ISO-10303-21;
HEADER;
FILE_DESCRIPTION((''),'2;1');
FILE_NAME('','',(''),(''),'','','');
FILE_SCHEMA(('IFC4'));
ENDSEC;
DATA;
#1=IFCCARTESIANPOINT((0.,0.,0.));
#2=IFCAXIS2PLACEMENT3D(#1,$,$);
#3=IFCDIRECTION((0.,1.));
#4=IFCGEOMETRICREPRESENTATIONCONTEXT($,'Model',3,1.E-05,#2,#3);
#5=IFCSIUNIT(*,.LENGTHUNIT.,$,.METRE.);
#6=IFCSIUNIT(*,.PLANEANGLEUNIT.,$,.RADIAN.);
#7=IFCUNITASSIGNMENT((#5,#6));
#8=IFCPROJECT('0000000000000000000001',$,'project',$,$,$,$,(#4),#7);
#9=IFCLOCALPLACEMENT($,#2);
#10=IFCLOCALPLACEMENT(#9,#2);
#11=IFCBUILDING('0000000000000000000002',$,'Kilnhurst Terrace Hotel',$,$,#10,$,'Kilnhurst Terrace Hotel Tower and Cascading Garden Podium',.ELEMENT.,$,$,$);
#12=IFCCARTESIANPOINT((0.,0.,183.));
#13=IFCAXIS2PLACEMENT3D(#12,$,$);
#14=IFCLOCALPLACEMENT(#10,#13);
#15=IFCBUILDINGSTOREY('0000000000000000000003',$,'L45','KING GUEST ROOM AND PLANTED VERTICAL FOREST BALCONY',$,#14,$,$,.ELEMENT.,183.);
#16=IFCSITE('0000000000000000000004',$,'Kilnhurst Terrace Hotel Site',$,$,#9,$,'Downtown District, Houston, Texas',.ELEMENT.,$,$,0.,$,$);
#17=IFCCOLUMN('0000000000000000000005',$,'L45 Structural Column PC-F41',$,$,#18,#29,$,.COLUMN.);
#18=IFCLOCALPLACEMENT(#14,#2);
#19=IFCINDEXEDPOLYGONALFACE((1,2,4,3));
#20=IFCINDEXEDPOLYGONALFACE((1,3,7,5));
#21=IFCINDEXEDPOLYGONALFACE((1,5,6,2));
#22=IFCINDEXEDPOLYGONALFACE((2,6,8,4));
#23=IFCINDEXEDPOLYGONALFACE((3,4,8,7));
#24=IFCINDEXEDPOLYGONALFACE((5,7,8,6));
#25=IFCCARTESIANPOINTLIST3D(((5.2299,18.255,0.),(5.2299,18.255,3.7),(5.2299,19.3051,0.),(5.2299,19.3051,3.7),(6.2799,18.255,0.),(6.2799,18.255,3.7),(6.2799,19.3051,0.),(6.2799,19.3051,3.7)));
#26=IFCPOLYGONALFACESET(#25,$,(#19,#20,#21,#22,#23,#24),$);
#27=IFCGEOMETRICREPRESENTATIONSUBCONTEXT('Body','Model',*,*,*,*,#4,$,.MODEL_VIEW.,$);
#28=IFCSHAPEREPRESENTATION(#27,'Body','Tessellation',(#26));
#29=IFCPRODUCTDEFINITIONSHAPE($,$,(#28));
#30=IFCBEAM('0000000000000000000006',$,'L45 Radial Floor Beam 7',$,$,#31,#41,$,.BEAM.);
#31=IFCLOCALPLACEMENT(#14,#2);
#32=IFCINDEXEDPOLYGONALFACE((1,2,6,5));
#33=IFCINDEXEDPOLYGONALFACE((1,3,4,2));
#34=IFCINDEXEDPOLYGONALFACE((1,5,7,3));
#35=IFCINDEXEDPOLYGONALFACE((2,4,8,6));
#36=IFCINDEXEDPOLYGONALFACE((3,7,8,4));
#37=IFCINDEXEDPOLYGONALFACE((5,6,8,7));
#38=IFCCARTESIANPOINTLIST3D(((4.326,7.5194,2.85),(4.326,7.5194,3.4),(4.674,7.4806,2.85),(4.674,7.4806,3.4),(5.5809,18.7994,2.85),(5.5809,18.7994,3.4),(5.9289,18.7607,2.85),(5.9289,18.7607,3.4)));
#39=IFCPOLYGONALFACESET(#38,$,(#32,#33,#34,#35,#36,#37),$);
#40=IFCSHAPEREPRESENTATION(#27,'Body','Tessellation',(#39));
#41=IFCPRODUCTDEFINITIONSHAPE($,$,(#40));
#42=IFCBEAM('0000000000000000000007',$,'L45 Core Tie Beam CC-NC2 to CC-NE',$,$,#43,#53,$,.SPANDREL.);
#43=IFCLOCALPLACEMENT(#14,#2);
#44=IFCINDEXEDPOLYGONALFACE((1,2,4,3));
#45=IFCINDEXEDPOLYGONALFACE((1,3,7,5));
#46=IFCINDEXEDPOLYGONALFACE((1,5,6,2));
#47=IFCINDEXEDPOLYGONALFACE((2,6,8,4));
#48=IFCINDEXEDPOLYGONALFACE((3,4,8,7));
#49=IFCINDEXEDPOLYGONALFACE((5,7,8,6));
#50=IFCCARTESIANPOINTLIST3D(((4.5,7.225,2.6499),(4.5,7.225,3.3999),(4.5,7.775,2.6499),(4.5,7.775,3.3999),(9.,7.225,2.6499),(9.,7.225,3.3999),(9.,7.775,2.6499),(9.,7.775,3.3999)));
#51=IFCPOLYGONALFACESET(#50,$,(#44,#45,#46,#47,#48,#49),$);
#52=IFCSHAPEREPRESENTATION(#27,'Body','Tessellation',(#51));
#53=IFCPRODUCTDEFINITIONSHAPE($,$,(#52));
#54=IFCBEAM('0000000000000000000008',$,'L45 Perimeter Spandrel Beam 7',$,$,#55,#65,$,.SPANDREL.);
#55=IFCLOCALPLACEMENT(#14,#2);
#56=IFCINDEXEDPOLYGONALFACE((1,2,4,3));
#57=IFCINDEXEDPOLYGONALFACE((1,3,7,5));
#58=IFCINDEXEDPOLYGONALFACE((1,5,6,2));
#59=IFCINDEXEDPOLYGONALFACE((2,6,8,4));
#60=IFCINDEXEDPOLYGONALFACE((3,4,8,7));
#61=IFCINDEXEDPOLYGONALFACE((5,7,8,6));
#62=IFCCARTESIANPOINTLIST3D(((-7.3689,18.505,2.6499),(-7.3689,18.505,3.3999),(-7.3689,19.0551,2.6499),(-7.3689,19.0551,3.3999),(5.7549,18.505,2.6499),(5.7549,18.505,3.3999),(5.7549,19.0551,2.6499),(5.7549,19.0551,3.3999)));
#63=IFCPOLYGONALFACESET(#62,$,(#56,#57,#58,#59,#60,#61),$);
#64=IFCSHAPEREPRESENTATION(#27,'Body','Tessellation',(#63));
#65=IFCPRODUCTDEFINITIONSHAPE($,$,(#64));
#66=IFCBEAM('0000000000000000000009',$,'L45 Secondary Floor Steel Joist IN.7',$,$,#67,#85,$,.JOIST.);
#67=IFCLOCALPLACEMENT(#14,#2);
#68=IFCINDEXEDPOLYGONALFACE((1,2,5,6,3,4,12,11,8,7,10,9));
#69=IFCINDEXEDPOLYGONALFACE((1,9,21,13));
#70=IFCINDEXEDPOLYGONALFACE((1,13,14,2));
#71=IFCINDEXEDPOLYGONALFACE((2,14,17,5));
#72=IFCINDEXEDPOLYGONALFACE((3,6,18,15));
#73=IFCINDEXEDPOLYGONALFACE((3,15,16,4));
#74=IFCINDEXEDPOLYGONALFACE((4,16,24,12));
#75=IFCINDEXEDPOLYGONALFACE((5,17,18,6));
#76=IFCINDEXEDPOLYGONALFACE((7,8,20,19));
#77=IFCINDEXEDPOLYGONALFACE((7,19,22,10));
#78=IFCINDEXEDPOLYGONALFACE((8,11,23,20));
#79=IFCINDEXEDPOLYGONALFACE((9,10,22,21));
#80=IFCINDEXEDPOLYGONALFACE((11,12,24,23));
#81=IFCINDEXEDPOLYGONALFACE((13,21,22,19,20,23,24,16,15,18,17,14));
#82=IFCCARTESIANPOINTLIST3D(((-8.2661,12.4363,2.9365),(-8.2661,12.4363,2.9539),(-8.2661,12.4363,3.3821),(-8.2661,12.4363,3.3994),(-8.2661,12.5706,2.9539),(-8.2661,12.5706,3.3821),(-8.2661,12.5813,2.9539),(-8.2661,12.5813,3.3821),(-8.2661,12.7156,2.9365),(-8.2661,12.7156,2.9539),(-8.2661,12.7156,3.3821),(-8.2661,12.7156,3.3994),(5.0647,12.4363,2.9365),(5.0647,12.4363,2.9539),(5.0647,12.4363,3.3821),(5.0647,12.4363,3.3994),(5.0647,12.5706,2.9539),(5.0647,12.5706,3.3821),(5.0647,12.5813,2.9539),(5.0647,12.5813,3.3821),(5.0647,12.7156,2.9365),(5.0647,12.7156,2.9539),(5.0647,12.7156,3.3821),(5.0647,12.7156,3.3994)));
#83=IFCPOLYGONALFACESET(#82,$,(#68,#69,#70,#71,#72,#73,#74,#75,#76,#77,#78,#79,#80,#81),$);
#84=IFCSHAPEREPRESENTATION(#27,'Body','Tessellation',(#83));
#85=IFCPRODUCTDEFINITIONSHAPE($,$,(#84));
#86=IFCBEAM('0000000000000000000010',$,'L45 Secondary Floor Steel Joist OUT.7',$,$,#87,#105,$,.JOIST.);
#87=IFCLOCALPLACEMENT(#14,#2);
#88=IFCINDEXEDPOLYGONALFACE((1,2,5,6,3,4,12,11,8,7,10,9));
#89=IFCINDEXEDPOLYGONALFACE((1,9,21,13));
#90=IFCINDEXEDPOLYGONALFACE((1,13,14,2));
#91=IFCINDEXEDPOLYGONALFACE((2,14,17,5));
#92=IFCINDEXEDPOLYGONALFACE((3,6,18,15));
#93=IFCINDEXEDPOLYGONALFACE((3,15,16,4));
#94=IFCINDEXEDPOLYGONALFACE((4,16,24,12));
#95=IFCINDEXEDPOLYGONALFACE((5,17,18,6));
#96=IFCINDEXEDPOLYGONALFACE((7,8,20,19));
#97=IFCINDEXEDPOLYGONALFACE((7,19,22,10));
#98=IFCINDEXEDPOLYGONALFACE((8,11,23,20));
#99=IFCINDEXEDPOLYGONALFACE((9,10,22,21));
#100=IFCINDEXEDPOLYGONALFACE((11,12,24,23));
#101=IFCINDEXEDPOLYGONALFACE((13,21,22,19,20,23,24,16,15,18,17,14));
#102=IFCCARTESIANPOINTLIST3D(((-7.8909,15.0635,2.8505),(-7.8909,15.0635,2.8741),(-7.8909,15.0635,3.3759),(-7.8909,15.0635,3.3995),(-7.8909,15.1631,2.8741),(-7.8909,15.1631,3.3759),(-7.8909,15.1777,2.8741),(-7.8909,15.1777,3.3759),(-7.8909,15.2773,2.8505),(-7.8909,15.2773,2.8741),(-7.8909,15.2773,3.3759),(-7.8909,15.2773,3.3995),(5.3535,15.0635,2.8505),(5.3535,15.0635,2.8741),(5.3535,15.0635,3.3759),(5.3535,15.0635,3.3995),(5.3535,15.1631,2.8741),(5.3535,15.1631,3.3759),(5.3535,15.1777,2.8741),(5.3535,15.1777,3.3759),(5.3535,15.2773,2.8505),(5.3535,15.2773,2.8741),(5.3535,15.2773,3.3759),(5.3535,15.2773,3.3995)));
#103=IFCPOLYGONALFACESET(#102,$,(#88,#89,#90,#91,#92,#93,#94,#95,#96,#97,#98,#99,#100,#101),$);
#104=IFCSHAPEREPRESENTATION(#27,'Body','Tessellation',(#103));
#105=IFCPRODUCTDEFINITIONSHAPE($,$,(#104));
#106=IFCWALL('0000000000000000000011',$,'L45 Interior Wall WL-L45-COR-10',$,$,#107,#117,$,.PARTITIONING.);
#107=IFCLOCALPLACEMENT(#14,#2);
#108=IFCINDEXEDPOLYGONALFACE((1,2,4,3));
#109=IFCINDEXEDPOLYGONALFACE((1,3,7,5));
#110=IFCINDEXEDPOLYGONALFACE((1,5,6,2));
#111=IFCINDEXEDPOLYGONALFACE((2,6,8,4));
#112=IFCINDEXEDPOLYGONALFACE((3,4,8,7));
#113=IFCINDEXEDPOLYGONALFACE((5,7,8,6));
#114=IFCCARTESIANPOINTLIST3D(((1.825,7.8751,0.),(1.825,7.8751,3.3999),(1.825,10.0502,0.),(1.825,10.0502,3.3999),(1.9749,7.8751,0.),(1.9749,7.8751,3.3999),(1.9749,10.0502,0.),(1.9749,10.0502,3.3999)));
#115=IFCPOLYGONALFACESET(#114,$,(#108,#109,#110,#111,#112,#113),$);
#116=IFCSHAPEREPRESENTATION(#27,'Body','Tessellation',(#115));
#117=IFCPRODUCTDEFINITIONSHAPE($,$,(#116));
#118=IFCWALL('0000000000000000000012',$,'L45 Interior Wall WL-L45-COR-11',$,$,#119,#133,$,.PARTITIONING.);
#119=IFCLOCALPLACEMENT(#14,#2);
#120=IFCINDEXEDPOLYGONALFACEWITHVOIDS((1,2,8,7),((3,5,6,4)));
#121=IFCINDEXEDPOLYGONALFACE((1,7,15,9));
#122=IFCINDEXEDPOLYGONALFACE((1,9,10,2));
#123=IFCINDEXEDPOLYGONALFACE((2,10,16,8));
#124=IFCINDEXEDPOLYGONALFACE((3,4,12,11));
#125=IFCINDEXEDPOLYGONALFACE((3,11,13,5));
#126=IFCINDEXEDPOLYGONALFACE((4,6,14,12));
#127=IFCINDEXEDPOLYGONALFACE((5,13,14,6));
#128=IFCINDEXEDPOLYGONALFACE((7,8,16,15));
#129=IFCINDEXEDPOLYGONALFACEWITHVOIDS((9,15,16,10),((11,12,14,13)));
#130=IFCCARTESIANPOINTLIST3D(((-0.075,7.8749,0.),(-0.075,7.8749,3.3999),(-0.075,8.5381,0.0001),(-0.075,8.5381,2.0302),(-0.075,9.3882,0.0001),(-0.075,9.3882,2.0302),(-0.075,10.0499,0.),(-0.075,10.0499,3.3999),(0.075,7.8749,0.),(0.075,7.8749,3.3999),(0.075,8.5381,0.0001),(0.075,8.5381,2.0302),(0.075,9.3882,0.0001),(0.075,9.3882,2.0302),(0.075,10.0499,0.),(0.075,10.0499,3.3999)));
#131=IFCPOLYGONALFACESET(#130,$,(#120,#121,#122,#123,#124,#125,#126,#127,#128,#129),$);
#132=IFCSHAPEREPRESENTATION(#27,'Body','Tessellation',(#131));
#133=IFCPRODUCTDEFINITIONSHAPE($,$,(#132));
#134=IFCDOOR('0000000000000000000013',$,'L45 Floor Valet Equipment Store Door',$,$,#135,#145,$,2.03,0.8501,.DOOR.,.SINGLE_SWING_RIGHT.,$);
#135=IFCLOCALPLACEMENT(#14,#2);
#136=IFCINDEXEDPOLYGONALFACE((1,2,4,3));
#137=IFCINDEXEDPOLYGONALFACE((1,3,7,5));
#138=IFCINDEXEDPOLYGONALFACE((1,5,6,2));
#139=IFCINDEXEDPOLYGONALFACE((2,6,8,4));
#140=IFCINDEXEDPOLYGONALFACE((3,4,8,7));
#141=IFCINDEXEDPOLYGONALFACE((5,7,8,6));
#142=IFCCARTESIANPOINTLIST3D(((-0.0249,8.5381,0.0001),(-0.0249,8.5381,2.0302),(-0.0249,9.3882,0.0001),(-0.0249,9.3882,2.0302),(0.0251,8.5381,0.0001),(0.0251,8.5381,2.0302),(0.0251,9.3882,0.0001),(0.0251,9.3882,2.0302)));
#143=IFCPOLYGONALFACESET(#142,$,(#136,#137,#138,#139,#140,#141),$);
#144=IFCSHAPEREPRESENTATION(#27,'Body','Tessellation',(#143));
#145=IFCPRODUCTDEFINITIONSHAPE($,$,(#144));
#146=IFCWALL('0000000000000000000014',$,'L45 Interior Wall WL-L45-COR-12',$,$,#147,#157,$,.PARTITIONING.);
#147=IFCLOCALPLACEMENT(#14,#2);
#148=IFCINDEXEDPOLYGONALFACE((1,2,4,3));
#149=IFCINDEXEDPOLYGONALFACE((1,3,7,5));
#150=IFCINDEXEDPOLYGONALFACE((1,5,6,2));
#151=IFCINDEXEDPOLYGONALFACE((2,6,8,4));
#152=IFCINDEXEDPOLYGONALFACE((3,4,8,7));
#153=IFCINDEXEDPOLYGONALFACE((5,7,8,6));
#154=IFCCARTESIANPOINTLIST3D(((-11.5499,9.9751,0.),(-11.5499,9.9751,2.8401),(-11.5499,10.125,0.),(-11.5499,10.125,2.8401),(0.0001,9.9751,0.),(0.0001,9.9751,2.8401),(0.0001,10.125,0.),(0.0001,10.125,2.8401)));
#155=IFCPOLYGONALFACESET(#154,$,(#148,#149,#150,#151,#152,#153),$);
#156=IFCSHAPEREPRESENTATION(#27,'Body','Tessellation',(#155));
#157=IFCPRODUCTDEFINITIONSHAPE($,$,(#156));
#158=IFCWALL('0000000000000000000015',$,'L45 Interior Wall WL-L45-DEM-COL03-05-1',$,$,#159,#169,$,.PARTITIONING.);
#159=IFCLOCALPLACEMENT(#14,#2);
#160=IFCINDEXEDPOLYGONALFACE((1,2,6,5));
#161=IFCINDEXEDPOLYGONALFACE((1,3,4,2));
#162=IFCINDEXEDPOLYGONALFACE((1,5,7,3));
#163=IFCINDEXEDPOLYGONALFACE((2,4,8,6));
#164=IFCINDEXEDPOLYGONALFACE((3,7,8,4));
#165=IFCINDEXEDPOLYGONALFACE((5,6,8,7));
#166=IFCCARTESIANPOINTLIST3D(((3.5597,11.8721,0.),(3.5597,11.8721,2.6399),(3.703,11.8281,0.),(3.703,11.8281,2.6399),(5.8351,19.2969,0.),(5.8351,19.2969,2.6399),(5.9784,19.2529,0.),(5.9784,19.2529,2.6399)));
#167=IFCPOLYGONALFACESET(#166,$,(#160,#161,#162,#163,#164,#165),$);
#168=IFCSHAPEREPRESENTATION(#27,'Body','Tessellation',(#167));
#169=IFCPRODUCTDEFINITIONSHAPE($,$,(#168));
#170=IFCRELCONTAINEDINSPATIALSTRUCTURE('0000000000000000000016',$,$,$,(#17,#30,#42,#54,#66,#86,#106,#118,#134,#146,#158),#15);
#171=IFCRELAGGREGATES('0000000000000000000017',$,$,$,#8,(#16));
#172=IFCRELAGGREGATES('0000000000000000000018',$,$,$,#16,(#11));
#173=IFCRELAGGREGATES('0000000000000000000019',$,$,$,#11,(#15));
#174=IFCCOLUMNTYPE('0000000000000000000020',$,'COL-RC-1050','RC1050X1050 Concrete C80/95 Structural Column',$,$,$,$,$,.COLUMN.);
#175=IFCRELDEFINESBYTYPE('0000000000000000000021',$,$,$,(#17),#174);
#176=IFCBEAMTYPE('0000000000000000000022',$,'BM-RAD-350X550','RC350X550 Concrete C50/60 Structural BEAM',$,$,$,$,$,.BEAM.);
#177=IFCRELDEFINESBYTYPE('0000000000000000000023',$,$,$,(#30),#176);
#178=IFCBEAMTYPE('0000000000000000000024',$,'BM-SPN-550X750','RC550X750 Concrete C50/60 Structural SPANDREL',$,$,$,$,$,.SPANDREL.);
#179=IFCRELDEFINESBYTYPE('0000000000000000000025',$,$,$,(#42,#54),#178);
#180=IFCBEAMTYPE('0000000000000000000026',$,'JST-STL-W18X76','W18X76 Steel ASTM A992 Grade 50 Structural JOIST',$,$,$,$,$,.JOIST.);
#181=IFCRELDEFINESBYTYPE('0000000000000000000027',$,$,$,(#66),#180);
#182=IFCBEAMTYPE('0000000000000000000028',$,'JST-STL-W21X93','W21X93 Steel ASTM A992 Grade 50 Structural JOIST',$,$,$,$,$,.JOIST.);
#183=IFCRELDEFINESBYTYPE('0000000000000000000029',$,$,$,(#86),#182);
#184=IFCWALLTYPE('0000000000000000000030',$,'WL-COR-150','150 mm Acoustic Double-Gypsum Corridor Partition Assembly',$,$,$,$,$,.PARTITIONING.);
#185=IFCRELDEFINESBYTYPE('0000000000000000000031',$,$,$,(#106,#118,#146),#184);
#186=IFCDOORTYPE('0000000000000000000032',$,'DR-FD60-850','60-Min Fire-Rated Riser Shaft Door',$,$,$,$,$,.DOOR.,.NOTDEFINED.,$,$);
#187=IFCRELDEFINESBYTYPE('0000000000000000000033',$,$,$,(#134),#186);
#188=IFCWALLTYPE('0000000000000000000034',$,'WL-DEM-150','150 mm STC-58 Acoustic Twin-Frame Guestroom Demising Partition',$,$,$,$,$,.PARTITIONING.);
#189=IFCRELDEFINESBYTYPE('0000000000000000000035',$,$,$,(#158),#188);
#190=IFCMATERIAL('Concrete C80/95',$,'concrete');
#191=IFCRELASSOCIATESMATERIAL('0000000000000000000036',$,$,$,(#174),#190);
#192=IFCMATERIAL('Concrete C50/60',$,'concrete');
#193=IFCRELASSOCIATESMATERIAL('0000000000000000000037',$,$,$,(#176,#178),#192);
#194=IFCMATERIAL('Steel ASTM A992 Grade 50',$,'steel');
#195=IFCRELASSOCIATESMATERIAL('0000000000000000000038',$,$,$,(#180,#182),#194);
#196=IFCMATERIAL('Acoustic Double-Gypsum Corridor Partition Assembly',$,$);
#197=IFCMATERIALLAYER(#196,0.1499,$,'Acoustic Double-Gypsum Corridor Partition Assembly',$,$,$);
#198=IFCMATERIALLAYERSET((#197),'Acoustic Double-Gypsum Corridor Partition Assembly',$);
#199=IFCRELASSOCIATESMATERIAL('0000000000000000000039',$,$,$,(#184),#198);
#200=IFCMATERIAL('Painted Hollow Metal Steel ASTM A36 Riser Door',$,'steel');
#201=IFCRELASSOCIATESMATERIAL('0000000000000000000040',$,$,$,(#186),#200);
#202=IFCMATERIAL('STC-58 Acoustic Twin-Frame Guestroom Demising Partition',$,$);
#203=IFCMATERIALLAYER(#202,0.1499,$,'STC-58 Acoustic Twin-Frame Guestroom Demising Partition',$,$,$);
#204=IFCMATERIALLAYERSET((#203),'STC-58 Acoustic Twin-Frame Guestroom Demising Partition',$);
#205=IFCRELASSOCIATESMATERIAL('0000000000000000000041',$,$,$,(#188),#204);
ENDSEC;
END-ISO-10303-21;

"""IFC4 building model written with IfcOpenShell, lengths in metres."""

from ifc_helpers import new_model, si_unit, direction, frame, frame_2d, origin, origin_2d, place, context, subcontext, project, spatial, rectangle, i_section, extrude, material, layer, layer_set, material_profile, profile_set, type_object, element, fill, save


model = new_model("IFC4")

# Units and contexts
model_context = context("Model", 3, precision=1e-05, world=origin(), true_north=direction((0.0, 1.0)))
body_context = subcontext(model_context, "Body", "Model", "MODEL_VIEW")
ifc_project = project(units=[si_unit("LENGTHUNIT", "METRE"), si_unit("PLANEANGLEUNIT", "RADIAN")], contexts=[model_context])

# Site, building, storey
site_placement = place(None, origin())
site = spatial("IfcSite", under=ifc_project, at=site_placement, Name="Kilnhurst Terrace Hotel Site", LongName="Downtown District, Houston, Texas", CompositionType="ELEMENT", RefElevation=0.0)
building_placement = place(site_placement, origin())
building = spatial("IfcBuilding", under=site, at=building_placement, Name="Kilnhurst Terrace Hotel", LongName="Kilnhurst Terrace Hotel Tower and Cascading Garden Podium", CompositionType="ELEMENT")
storey_placement = place(building_placement, frame((0.0, 0.0, 183.0)))
storey = spatial("IfcBuildingStorey", under=building, at=storey_placement, Name="L45", Description="KING GUEST ROOM AND PLANTED VERTICAL FOREST BALCONY", CompositionType="ELEMENT", Elevation=183.0)

# Column
ifc_material_1 = material(Name="Concrete C80/95", Category="concrete")
ifc_material_profile_1 = material_profile(ifc_material_1, rectangle(XDim=1.05, YDim=1.05, at=origin_2d()), Name="RC1050X1050")
ifc_profile_set_1 = profile_set([ifc_material_profile_1], Name="Concrete C80/95")
column_type = type_object("IfcColumnType", Name="COL-RC-1050", Description="RC1050X1050 Concrete C80/95 Structural Column", PredefinedType="COLUMN", material=ifc_profile_set_1)
column_placement = place(storey_placement, frame((5.7549, 18.78, 0.0), z_axis=(0.0, 0.0, 1.0), x_axis=(1.0, 0.0, 0.0)))
element("IfcColumn", 1, at=column_placement, inside=storey, type_object=column_type, Name="L45 Structural Column PC-F41", PredefinedType="COLUMN", context=body_context, shape_type="SweptSolid", body=[
    extrude(rectangle(XDim=1.05, YDim=1.05, at=origin_2d()), origin(), (0.0, 0.0, 1.0), 3.7),
])

# Beams
ifc_material_2 = material(Name="Concrete C50/60", Category="concrete")
ifc_material_profile_2 = material_profile(ifc_material_2, rectangle(XDim=0.3501, YDim=0.55, at=origin_2d()), Name="RC350X550")
ifc_profile_set_2 = profile_set([ifc_material_profile_2], Name="Concrete C50/60")
beam_type_1 = type_object("IfcBeamType", Name="BM-RAD-350X550", Description="RC350X550 Concrete C50/60 Structural BEAM", PredefinedType="BEAM", material=ifc_profile_set_2)
beam_1_placement = place(storey_placement, frame((4.5, 7.5, 3.125), z_axis=(0.110566, 0.993869, 0.0), x_axis=(-0.993869, 0.110566, 0.0)))
element("IfcBeam", 2, at=beam_1_placement, inside=storey, type_object=beam_type_1, Name="L45 Radial Floor Beam 7", PredefinedType="BEAM", context=body_context, shape_type="SweptSolid", body=[
    extrude(rectangle(XDim=0.3501, YDim=0.55, at=origin_2d()), origin(), (0.0, 0.0, 1.0), 11.3496),
])
ifc_material_profile_3 = material_profile(ifc_material_2, rectangle(XDim=0.55, YDim=0.75, at=origin_2d()), Name="RC550X750")
ifc_profile_set_3 = profile_set([ifc_material_profile_3], Name="Concrete C50/60")
beam_type_2 = type_object("IfcBeamType", Name="BM-SPN-550X750", Description="RC550X750 Concrete C50/60 Structural SPANDREL", PredefinedType="SPANDREL", material=ifc_profile_set_3)
beam_2_placement = place(storey_placement, frame((4.5, 7.5, 3.0249), z_axis=(1.0, 0.0, 0.0), x_axis=(0.0, 1.0, 0.0)))
element("IfcBeam", 3, at=beam_2_placement, inside=storey, type_object=beam_type_2, Name="L45 Core Tie Beam CC-NC2 to CC-NE", PredefinedType="SPANDREL", context=body_context, shape_type="SweptSolid", body=[
    extrude(rectangle(XDim=0.55, YDim=0.75, at=origin_2d()), origin(), (0.0, 0.0, 1.0), 4.5),
])
beam_3_placement = place(storey_placement, frame((5.7549, 18.78, 3.0249), z_axis=(-1.0, 0.0, 0.0), x_axis=(0.0, -1.0, 0.0)))
element("IfcBeam", 4, at=beam_3_placement, inside=storey, type_object=beam_type_2, Name="L45 Perimeter Spandrel Beam 7", PredefinedType="SPANDREL", context=body_context, shape_type="SweptSolid", body=[
    extrude(rectangle(XDim=0.55, YDim=0.75, at=origin_2d()), origin(), (0.0, 0.0, 1.0), 13.1238),
])
ifc_material_3 = material(Name="Steel ASTM A992 Grade 50", Category="steel")
ifc_material_profile_4 = material_profile(ifc_material_3, i_section(OverallWidth=0.2793, OverallDepth=0.4629, WebThickness=0.0107, FlangeThickness=0.0173, at=origin_2d()), Name="W18X76")
ifc_profile_set_4 = profile_set([ifc_material_profile_4], Name="Steel ASTM A992 Grade 50")
beam_type_3 = type_object("IfcBeamType", Name="JST-STL-W18X76", Description="W18X76 Steel ASTM A992 Grade 50 Structural JOIST", PredefinedType="JOIST", material=ifc_profile_set_4)
beam_4_placement = place(storey_placement, frame((5.0647, 12.5759, 3.168), z_axis=(-1.0, 0.0, 0.0), x_axis=(0.0, -1.0, 0.0)))
element("IfcBeam", 5, at=beam_4_placement, inside=storey, type_object=beam_type_3, Name="L45 Secondary Floor Steel Joist IN.7", PredefinedType="JOIST", context=body_context, shape_type="SweptSolid", body=[
    extrude(i_section(OverallWidth=0.2793, OverallDepth=0.4629, WebThickness=0.0107, FlangeThickness=0.0173, at=origin_2d()), origin(), (0.0, 0.0, 1.0), 13.3308),
])
ifc_material_profile_5 = material_profile(ifc_material_3, i_section(OverallWidth=0.2139, OverallDepth=0.5491, WebThickness=0.0146, FlangeThickness=0.0237, at=origin_2d()), Name="W21X93")
ifc_profile_set_5 = profile_set([ifc_material_profile_5], Name="Steel ASTM A992 Grade 50")
beam_type_4 = type_object("IfcBeamType", Name="JST-STL-W21X93", Description="W21X93 Steel ASTM A992 Grade 50 Structural JOIST", PredefinedType="JOIST", material=ifc_profile_set_5)
beam_5_placement = place(storey_placement, frame((5.3535, 15.1704, 3.125), z_axis=(-1.0, 0.0, 0.0), x_axis=(0.0, -1.0, 0.0)))
element("IfcBeam", 6, at=beam_5_placement, inside=storey, type_object=beam_type_4, Name="L45 Secondary Floor Steel Joist OUT.7", PredefinedType="JOIST", context=body_context, shape_type="SweptSolid", body=[
    extrude(i_section(OverallWidth=0.2139, OverallDepth=0.5491, WebThickness=0.0146, FlangeThickness=0.0237, at=origin_2d()), origin(), (0.0, 0.0, 1.0), 13.2444),
])

# Wall
ifc_material_4 = material(Name="Acoustic Double-Gypsum Corridor Partition Assembly")
ifc_layer_1 = layer(ifc_material_4, 0.1499, Name="Acoustic Double-Gypsum Corridor Partition Assembly")
ifc_layer_set_1 = layer_set([ifc_layer_1], Name="Acoustic Double-Gypsum Corridor Partition Assembly")
wall_type_1 = type_object("IfcWallType", Name="WL-COR-150", Description="150 mm Acoustic Double-Gypsum Corridor Partition Assembly", PredefinedType="PARTITIONING", material=ifc_layer_set_1)
wall_1_placement = place(storey_placement, frame((1.8999, 10.05, 0.0), z_axis=(0.0, 0.0, 1.0), x_axis=(0.0, -1.0, 0.0)))
element("IfcWall", 7, at=wall_1_placement, inside=storey, type_object=wall_type_1, Name="L45 Interior Wall WL-L45-COR-10", PredefinedType="PARTITIONING", context=body_context, shape_type="SweptSolid", body=[
    extrude(rectangle(XDim=2.175, YDim=0.1499, at=frame_2d((1.0874, 0.0))), origin(), (0.0, 0.0, 1.0), 3.3999),
])

# Wall, opening, door
wall_2_placement = place(storey_placement, frame((0.0, 7.875, 0.0), z_axis=(0.0, 0.0, 1.0), x_axis=(0.0, 1.0, 0.0)))
wall_2 = element("IfcWall", 8, at=wall_2_placement, inside=storey, type_object=wall_type_1, Name="L45 Interior Wall WL-L45-COR-11", PredefinedType="PARTITIONING", context=body_context, shape_type="SweptSolid", body=[
    extrude(rectangle(XDim=2.175, YDim=0.1499, at=frame_2d((1.0874, 0.0))), origin(), (0.0, 0.0, 1.0), 3.3999),
])
opening_1_placement = place(wall_2_placement, frame((0.6631, 0.0, 0.0)))
opening_1 = element("IfcOpeningElement", 9, at=opening_1_placement, cuts=wall_2, PredefinedType="OPENING", context=body_context, shape_type="SweptSolid", body=[
    extrude(rectangle(XDim=0.8501, YDim=2.03, at=frame_2d((0.425, 1.0151))), frame((0.0, 0.085, 0.0), z_axis=(0.0, -1.0, 0.0), x_axis=(1.0, 0.0, 0.0)), (0.0, 0.0, 1.0), 0.1699),
])
ifc_material_5 = material(Name="Painted Hollow Metal Steel ASTM A36 Riser Door", Category="steel")
door_type_1 = type_object("IfcDoorType", Name="DR-FD60-850", Description="60-Min Fire-Rated Riser Shaft Door", OperationType="NOTDEFINED", PredefinedType="DOOR", material=ifc_material_5)
door_1_placement = place(opening_1_placement, origin())
door_1 = element("IfcDoor", 10, at=door_1_placement, inside=storey, type_object=door_type_1, Name="L45 Floor Valet Equipment Store Door", OperationType="SINGLE_SWING_RIGHT", OverallHeight=2.03, OverallWidth=0.8501, PredefinedType="DOOR", context=body_context, shape_type="SweptSolid", body=[
    extrude(rectangle(XDim=0.8501, YDim=2.03, at=frame_2d((0.425, 1.0151))), frame((0.0, 0.0249, 0.0), z_axis=(0.0, -1.0, 0.0), x_axis=(1.0, 0.0, 0.0)), (0.0, 0.0, 1.0), 0.05),
])
fill(opening_1, door_1)

# Walls
wall_3_placement = place(storey_placement, frame((0.0, 10.05, 0.0), z_axis=(0.0, 0.0, 1.0), x_axis=(-1.0, 0.0, 0.0)))
element("IfcWall", 11, at=wall_3_placement, inside=storey, type_object=wall_type_1, Name="L45 Interior Wall WL-L45-COR-12", PredefinedType="PARTITIONING", context=body_context, shape_type="SweptSolid", body=[
    extrude(rectangle(XDim=11.55, YDim=0.1499, at=frame_2d((5.7749, 0.0))), origin(), (0.0, 0.0, 1.0), 2.8401),
])
ifc_material_6 = material(Name="STC-58 Acoustic Twin-Frame Guestroom Demising Partition")
ifc_layer_2 = layer(ifc_material_6, 0.1499, Name="STC-58 Acoustic Twin-Frame Guestroom Demising Partition")
ifc_layer_set_2 = layer_set([ifc_layer_2], Name="STC-58 Acoustic Twin-Frame Guestroom Demising Partition")
wall_type_2 = type_object("IfcWallType", Name="WL-DEM-150", Description="150 mm STC-58 Acoustic Twin-Frame Guestroom Demising Partition", PredefinedType="PARTITIONING", material=ifc_layer_set_2)
wall_4_placement = place(storey_placement, frame((3.6313, 11.8501, 0.0), z_axis=(0.0, 0.0, 1.0), x_axis=(0.293008, 0.95611, 0.0)))
element("IfcWall", 12, at=wall_4_placement, inside=storey, type_object=wall_type_2, Name="L45 Interior Wall WL-L45-DEM-COL03-05-1", PredefinedType="PARTITIONING", context=body_context, shape_type="SweptSolid", body=[
    extrude(rectangle(XDim=7.7656, YDim=0.1499, at=frame_2d((3.8828, 0.0))), origin(), (0.0, 0.0, 1.0), 2.6399),
])

save(model, "model.ifc")
